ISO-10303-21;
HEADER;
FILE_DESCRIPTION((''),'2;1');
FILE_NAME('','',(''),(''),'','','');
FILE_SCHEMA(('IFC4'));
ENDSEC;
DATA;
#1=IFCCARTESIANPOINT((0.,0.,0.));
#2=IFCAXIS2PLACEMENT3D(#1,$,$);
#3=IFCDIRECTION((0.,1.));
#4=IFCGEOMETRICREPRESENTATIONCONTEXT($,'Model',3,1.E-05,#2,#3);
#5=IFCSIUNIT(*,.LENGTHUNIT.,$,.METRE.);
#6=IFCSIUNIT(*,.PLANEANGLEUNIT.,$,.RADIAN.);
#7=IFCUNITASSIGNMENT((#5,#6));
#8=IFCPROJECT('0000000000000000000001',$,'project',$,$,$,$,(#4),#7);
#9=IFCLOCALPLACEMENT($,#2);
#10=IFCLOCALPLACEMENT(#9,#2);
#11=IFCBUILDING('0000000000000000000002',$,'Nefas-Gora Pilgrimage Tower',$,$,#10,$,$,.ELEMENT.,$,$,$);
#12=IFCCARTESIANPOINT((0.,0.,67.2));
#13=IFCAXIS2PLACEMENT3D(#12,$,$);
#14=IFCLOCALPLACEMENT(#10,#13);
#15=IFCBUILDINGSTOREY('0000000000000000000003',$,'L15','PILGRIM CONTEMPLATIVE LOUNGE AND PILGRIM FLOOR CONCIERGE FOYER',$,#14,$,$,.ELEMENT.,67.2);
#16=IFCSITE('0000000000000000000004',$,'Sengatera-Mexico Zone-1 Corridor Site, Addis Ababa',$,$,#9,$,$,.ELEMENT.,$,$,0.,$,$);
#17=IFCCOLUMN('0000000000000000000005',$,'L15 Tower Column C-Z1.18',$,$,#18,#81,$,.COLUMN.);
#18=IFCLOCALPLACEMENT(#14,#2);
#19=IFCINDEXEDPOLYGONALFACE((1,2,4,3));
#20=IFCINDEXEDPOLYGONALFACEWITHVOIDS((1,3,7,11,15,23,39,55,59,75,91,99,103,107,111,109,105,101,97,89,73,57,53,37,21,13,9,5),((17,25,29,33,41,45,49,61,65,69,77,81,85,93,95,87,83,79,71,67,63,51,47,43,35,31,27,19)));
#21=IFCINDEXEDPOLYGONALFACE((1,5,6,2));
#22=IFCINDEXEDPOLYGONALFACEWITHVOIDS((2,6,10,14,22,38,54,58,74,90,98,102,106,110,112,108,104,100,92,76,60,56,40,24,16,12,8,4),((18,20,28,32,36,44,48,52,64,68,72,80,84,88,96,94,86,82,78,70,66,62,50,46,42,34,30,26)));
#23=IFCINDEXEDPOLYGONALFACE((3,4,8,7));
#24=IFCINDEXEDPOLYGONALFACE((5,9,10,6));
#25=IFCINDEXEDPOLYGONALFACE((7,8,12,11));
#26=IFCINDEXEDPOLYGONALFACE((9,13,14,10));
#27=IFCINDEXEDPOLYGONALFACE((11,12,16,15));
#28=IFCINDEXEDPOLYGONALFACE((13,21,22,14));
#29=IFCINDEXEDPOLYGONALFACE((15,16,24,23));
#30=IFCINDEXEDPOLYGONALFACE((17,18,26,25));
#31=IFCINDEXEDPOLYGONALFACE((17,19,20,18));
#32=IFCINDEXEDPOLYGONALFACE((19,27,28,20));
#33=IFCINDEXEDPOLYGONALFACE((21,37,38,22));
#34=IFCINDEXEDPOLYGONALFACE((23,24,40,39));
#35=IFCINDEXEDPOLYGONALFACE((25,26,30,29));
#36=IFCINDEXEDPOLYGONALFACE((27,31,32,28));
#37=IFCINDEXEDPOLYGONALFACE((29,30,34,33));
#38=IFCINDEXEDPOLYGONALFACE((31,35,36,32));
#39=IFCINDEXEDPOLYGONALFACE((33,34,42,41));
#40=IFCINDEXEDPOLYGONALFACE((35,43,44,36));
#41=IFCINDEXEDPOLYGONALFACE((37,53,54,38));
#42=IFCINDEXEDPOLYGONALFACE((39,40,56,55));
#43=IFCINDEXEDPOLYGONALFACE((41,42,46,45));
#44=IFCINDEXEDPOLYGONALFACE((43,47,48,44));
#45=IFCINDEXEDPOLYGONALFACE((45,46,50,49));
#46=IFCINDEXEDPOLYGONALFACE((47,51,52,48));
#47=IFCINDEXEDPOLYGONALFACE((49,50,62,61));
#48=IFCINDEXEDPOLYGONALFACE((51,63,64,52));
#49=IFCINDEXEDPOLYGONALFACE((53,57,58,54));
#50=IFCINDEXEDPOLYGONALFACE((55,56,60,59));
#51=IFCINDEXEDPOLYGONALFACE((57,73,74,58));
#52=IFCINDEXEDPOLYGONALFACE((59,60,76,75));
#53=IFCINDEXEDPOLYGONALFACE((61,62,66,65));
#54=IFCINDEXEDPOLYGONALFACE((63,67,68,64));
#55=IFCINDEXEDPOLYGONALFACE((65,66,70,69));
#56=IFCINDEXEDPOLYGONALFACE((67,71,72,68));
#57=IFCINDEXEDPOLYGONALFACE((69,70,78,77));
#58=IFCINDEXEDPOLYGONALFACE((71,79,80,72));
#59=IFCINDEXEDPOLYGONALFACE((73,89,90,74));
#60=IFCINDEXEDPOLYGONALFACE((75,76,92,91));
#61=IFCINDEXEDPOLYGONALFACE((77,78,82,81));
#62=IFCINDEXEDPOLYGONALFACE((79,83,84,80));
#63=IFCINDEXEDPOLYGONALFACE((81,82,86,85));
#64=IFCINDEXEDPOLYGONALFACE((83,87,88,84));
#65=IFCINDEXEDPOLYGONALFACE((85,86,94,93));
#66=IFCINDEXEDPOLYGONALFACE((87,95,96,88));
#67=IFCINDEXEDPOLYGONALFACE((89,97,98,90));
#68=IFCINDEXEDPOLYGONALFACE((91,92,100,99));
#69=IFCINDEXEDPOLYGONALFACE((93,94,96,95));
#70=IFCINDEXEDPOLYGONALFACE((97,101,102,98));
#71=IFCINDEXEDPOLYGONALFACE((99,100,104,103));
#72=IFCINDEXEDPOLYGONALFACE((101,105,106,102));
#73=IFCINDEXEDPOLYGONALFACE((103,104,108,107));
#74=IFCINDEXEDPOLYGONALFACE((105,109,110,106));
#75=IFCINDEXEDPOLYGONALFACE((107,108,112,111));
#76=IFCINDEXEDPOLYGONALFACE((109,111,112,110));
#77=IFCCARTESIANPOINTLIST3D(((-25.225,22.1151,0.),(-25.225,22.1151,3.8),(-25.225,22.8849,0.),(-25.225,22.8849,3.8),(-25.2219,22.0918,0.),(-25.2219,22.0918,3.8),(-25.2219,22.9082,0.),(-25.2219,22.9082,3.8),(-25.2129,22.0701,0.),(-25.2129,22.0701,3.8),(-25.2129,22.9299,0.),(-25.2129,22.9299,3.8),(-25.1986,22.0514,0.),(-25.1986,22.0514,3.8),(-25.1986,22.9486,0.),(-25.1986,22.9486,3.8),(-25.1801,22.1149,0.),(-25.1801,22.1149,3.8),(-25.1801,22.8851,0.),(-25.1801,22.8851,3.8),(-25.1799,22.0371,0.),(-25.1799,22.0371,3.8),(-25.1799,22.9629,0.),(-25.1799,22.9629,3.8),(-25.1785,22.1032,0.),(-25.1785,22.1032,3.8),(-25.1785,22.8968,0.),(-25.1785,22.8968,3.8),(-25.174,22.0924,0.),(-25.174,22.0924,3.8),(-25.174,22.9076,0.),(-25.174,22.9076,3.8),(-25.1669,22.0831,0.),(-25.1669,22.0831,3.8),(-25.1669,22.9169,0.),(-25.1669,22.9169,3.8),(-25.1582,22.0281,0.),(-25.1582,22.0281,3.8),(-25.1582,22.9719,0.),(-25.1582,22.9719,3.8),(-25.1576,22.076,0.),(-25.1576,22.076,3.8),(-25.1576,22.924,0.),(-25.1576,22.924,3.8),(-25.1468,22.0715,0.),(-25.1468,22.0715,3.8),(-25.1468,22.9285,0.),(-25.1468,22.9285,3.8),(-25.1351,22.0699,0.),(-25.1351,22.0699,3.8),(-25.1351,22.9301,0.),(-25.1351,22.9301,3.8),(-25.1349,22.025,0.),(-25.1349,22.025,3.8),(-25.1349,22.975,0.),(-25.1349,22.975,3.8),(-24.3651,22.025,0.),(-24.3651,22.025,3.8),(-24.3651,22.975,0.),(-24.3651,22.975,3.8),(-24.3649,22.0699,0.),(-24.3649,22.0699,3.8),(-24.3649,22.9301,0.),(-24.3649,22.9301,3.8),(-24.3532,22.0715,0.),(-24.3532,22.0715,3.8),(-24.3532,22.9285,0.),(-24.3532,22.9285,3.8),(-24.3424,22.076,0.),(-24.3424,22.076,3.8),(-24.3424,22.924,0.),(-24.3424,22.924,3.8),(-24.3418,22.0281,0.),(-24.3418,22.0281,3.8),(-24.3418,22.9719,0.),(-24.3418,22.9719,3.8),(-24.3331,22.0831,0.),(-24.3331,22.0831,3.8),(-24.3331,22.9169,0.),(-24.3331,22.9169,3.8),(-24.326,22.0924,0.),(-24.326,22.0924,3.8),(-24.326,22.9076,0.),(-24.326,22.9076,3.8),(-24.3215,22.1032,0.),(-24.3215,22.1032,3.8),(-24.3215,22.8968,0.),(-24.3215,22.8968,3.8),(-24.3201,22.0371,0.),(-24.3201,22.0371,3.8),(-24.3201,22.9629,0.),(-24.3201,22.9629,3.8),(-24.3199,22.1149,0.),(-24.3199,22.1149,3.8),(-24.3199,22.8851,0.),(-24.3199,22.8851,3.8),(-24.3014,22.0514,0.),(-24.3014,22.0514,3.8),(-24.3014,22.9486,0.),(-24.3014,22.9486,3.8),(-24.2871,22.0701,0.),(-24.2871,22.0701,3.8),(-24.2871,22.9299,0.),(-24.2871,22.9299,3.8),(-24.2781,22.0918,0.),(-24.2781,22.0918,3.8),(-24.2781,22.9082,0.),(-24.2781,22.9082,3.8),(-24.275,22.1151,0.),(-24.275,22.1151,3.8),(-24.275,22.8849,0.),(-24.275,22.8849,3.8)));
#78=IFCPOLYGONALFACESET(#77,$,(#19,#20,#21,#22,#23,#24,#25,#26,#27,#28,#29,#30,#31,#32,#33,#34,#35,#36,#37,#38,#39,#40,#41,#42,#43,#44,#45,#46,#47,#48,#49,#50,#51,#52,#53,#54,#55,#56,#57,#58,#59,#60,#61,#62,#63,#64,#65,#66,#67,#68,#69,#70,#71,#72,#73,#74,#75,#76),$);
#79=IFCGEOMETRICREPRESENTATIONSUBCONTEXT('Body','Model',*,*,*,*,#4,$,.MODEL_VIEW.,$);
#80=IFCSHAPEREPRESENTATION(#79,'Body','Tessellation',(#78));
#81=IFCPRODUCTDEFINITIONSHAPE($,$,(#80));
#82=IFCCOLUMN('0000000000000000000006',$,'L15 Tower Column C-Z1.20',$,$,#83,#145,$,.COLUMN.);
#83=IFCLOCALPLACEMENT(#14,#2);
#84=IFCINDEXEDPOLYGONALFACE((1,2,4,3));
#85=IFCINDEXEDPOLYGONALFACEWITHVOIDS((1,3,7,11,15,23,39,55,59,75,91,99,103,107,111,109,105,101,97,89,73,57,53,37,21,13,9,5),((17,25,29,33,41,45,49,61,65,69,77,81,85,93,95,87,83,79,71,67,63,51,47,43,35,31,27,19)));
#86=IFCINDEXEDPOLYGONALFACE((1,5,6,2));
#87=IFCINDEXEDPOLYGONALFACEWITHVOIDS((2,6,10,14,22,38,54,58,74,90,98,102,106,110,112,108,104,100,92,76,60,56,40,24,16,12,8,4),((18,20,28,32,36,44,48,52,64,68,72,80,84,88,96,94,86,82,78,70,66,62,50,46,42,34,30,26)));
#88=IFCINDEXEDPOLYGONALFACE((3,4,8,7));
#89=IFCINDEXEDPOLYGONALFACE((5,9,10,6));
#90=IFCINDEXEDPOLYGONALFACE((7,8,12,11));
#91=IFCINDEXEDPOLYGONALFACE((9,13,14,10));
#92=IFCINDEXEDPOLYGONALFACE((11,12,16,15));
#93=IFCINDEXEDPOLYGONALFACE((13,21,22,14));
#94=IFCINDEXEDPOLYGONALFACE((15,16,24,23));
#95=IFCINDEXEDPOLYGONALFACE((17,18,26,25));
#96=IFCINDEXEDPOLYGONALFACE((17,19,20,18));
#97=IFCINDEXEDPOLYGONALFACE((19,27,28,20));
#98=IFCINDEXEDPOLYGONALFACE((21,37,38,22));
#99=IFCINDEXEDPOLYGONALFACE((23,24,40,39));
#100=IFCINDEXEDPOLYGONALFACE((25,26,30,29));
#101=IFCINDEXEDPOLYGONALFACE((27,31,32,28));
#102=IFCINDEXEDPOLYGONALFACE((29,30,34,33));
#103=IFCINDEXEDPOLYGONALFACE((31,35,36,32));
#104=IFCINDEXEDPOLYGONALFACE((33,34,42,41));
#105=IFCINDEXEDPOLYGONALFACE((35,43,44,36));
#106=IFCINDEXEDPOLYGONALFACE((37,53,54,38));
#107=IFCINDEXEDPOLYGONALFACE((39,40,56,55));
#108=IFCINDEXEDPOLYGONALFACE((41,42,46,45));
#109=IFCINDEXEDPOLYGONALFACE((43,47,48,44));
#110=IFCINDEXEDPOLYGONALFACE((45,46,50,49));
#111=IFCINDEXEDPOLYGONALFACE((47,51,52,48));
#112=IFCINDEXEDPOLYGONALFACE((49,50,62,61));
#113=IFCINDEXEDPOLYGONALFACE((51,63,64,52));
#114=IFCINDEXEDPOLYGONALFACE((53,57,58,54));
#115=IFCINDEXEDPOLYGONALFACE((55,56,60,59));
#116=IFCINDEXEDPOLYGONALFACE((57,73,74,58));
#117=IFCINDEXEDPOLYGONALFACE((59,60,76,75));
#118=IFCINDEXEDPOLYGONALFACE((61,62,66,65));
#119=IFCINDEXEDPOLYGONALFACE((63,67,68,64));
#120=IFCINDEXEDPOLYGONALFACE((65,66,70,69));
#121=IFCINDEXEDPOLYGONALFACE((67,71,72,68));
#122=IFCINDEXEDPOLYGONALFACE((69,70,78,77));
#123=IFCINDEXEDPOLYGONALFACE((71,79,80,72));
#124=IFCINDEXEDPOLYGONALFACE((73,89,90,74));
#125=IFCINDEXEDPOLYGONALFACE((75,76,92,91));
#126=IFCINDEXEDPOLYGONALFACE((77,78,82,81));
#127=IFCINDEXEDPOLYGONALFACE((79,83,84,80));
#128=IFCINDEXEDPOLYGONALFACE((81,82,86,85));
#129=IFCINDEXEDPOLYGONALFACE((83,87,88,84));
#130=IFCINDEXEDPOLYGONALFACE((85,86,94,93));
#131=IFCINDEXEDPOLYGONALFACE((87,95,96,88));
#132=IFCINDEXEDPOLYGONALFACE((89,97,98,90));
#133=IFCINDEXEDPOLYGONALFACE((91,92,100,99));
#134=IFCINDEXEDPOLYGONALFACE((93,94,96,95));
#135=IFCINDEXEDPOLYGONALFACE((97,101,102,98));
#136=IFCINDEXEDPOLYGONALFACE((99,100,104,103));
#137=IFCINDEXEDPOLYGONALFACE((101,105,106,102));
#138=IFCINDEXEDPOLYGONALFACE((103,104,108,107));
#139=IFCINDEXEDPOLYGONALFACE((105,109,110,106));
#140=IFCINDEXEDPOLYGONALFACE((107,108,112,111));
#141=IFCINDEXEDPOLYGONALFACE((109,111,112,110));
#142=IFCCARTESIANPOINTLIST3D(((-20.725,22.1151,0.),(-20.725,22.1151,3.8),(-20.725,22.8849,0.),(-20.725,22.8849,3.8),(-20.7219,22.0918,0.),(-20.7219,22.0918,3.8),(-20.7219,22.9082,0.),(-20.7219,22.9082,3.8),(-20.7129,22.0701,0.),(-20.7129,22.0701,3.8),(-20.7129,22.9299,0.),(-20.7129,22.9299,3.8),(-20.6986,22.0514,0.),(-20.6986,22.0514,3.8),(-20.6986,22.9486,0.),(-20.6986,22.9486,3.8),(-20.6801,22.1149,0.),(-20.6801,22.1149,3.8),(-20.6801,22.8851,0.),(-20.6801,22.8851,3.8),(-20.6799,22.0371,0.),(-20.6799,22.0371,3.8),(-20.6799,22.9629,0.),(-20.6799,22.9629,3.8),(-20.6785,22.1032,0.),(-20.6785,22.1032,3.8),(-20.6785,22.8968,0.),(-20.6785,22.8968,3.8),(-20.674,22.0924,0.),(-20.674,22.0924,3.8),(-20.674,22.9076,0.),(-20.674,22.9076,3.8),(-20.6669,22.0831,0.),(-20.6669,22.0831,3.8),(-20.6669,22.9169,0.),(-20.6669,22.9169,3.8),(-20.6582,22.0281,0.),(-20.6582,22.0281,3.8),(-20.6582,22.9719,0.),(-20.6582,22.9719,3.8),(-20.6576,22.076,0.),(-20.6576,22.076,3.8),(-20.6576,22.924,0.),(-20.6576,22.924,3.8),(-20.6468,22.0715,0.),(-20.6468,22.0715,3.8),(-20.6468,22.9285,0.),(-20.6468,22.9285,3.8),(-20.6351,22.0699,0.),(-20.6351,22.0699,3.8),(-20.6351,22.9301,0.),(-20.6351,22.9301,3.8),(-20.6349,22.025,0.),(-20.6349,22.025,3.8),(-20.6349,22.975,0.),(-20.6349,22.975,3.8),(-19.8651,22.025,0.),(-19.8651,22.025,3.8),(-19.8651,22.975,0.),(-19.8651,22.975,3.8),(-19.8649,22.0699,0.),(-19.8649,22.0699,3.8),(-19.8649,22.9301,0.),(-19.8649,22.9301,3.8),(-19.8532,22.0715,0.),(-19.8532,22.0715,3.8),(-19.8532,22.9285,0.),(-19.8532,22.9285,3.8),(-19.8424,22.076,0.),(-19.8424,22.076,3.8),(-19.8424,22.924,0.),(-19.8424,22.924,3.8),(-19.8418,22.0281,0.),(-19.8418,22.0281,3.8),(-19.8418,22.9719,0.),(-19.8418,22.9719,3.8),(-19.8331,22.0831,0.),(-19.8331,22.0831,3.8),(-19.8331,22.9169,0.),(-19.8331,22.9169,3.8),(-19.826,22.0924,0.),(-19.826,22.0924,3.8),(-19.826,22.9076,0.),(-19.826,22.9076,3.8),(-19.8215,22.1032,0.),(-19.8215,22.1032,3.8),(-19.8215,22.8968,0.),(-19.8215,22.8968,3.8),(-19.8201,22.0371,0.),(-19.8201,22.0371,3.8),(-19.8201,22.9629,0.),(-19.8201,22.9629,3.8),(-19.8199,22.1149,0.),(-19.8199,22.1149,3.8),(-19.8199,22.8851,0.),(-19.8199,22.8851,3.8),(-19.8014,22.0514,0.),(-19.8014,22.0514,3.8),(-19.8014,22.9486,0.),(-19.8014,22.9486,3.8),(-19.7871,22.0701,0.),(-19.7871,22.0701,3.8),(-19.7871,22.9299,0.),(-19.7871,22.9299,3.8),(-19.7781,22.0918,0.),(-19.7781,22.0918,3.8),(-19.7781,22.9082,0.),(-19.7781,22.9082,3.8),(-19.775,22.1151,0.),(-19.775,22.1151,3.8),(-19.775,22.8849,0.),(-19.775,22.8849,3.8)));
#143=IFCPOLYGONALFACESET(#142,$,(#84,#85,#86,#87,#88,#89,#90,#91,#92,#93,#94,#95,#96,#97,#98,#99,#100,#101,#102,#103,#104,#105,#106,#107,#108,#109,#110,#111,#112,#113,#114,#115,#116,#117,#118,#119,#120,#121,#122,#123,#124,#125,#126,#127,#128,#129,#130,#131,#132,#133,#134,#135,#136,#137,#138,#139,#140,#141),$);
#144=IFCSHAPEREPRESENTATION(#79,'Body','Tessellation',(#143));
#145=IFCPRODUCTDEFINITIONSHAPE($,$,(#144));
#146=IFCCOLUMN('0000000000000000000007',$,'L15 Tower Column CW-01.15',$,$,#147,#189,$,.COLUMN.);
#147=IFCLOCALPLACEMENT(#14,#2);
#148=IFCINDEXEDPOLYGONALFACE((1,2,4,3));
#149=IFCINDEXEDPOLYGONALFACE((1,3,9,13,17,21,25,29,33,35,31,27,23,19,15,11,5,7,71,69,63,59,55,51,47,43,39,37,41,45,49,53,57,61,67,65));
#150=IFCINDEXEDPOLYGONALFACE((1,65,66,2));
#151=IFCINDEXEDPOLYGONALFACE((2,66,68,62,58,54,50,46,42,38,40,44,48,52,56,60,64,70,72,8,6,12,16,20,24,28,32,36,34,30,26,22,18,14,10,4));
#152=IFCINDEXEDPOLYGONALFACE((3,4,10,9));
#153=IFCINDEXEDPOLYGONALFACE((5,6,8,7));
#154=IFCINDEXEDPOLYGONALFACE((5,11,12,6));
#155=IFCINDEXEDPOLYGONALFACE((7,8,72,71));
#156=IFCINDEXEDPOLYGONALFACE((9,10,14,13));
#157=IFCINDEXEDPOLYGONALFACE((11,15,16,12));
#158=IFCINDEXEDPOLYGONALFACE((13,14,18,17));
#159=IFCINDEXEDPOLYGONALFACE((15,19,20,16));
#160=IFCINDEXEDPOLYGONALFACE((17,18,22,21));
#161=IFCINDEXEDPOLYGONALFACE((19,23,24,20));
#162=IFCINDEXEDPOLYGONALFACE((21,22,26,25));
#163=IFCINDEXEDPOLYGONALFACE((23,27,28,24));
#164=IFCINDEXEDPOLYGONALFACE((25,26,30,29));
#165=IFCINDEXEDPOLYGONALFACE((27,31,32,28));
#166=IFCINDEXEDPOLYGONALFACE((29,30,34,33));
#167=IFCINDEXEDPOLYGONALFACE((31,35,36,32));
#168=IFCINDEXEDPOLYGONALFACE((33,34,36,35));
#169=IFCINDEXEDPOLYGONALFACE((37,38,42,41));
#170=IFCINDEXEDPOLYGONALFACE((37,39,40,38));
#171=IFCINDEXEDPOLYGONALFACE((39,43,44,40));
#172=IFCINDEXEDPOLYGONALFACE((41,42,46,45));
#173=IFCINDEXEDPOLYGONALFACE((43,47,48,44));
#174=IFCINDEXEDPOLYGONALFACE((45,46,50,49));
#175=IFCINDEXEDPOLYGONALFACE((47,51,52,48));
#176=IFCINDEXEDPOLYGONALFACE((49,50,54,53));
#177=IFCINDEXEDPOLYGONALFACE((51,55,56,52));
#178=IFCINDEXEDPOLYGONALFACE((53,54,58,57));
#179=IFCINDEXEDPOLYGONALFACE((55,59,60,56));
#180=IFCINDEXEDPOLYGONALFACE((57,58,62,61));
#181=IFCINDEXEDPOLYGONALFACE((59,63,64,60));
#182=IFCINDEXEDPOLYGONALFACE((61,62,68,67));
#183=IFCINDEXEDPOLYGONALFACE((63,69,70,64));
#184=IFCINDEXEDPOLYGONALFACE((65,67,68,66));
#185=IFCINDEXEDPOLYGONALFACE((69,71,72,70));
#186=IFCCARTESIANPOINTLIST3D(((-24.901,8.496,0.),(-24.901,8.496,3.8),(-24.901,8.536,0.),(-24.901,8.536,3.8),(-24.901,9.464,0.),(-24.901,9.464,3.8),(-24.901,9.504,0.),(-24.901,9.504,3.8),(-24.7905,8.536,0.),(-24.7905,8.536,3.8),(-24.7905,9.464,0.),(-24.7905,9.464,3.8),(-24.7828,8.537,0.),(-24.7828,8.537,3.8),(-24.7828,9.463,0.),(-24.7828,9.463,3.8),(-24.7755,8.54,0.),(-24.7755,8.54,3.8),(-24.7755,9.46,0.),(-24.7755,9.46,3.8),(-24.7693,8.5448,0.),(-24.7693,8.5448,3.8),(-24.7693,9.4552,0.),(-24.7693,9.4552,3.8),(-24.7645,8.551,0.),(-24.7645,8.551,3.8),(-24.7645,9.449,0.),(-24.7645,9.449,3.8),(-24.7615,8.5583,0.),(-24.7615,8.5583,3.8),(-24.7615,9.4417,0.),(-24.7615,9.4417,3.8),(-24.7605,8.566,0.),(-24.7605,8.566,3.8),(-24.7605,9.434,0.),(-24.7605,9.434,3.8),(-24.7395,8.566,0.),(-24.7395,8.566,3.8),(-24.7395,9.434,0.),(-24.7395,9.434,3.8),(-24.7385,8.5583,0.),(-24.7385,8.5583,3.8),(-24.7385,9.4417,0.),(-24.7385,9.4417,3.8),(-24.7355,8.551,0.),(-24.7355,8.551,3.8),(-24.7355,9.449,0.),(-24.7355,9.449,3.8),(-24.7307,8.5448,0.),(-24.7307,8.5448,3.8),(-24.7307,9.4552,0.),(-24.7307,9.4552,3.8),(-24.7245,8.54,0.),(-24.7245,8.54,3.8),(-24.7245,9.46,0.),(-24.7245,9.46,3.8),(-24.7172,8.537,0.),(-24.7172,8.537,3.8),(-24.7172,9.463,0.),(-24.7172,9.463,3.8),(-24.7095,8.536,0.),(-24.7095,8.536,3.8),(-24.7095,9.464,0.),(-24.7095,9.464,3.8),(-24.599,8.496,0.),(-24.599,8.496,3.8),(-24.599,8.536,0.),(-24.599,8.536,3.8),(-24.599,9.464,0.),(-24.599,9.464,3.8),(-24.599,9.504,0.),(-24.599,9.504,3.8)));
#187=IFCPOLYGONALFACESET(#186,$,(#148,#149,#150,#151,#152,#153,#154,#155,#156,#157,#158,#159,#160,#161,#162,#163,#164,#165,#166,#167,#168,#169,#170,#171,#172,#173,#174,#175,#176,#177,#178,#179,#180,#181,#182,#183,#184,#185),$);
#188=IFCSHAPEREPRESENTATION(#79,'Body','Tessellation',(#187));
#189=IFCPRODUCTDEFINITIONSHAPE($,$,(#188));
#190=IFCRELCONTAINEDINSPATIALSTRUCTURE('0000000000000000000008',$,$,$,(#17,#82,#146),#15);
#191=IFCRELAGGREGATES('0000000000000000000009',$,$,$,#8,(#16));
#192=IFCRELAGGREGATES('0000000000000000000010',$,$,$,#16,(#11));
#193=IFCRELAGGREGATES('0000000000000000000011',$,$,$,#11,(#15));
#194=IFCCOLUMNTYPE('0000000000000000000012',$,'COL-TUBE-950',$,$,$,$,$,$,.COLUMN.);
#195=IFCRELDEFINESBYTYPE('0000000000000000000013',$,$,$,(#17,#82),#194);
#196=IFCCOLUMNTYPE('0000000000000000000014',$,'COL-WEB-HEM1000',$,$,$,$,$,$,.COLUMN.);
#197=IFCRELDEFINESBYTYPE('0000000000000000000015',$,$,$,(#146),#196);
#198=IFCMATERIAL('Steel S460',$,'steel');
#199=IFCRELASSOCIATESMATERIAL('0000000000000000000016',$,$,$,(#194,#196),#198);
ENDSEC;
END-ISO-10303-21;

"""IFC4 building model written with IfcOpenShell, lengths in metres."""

from ifc_helpers import new_model, si_unit, direction, frame, origin, origin_2d, place, context, subcontext, project, spatial, hollow_rectangle, i_section, extrude, source, transform, mapped, material, material_profile, profile_set, type_object, element, save


model = new_model("IFC4")

# Units and contexts
model_context = context("Model", 3, precision=1e-05, world=origin(), true_north=direction((0.0, 1.0)))
body_context = subcontext(model_context, "Body", "Model", "MODEL_VIEW")
ifc_project = project(units=[si_unit("LENGTHUNIT", "METRE"), si_unit("PLANEANGLEUNIT", "RADIAN")], contexts=[model_context])

# Site, building, storey
site_placement = place(None, origin())
site = spatial("IfcSite", under=ifc_project, at=site_placement, Name="Sengatera-Mexico Zone-1 Corridor Site, Addis Ababa", CompositionType="ELEMENT", RefElevation=0.0)
building_placement = place(site_placement, origin())
building = spatial("IfcBuilding", under=site, at=building_placement, Name="Nefas-Gora Pilgrimage Tower", CompositionType="ELEMENT")
storey_placement = place(building_placement, frame((0.0, 0.0, 67.2)))
storey = spatial("IfcBuildingStorey", under=building, at=storey_placement, Name="L15", Description="PILGRIM CONTEMPLATIVE LOUNGE AND PILGRIM FLOOR CONCIERGE FOYER", CompositionType="ELEMENT", Elevation=67.2)

# Columns
ifc_material_1 = material(Name="Steel S460", Category="steel")
ifc_material_profile_1 = material_profile(ifc_material_1, hollow_rectangle(XDim=0.95, YDim=0.95, WallThickness=0.0449, InnerFilletRadius=0.0449, OuterFilletRadius=0.0901, at=origin_2d()), Name="BOX 950x950x45")
ifc_profile_set_1 = profile_set([ifc_material_profile_1], Name="Steel S460")
column_type_1 = type_object("IfcColumnType", Name="COL-TUBE-950", PredefinedType="COLUMN", material=ifc_profile_set_1)
shared_shape_1 = source(origin(), body_context, "Body", "SweptSolid", [
    extrude(hollow_rectangle(XDim=0.95, YDim=0.95, WallThickness=0.0449, InnerFilletRadius=0.0449, OuterFilletRadius=0.0901, at=origin_2d()), origin(), (0.0, 0.0, 1.0), 3.8),
])
for number, where, z_axis, x_axis, name in (
    (1, (-24.75, 22.5, 0.0), (0.0, 0.0, 1.0), (1.0, 0.0, 0.0), "L15 Tower Column C-Z1.18"),
    (2, (-20.25, 22.5, 0.0), (0.0, 0.0, 1.0), (1.0, 0.0, 0.0), "L15 Tower Column C-Z1.20"),
):
    element("IfcColumn", number, at=place(storey_placement, frame(where, z_axis=z_axis, x_axis=x_axis)), inside=storey, type_object=column_type_1, Name=name, PredefinedType="COLUMN", context=body_context, shape_type="MappedRepresentation", body=[
        mapped(shared_shape_1, transform((0.0, 0.0, 0.0), x_axis=(1.0, 0.0, 0.0), y_axis=(0.0, 1.0, 0.0), z_axis=(0.0, 0.0, 1.0), scale=1.0)),
    ])
ifc_material_profile_2 = material_profile(ifc_material_1, i_section(OverallWidth=0.302, OverallDepth=1.0081, WebThickness=0.021, FlangeThickness=0.04, FilletRadius=0.03, at=origin_2d()), Name="HEM 1000")
ifc_profile_set_2 = profile_set([ifc_material_profile_2], Name="Steel S460")
column_type_2 = type_object("IfcColumnType", Name="COL-WEB-HEM1000", PredefinedType="COLUMN", material=ifc_profile_set_2)
shared_shape_2 = source(origin(), body_context, "Body", "SweptSolid", [
    extrude(i_section(OverallWidth=0.302, OverallDepth=1.0081, WebThickness=0.021, FlangeThickness=0.04, FilletRadius=0.03, at=origin_2d()), origin(), (0.0, 0.0, 1.0), 3.8),
])
for number, where, z_axis, x_axis, name in (
    (3, (-24.75, 9.0, 0.0), (0.0, 0.0, 1.0), (1.0, 0.0, 0.0), "L15 Tower Column CW-01.15"),
):
    element("IfcColumn", number, at=place(storey_placement, frame(where, z_axis=z_axis, x_axis=x_axis)), inside=storey, type_object=column_type_2, Name=name, PredefinedType="COLUMN", context=body_context, shape_type="MappedRepresentation", body=[
        mapped(shared_shape_2, transform((0.0, 0.0, 0.0), x_axis=(1.0, 0.0, 0.0), y_axis=(0.0, 1.0, 0.0), z_axis=(0.0, 0.0, 1.0), scale=1.0)),
    ])

save(model, "model.ifc")
